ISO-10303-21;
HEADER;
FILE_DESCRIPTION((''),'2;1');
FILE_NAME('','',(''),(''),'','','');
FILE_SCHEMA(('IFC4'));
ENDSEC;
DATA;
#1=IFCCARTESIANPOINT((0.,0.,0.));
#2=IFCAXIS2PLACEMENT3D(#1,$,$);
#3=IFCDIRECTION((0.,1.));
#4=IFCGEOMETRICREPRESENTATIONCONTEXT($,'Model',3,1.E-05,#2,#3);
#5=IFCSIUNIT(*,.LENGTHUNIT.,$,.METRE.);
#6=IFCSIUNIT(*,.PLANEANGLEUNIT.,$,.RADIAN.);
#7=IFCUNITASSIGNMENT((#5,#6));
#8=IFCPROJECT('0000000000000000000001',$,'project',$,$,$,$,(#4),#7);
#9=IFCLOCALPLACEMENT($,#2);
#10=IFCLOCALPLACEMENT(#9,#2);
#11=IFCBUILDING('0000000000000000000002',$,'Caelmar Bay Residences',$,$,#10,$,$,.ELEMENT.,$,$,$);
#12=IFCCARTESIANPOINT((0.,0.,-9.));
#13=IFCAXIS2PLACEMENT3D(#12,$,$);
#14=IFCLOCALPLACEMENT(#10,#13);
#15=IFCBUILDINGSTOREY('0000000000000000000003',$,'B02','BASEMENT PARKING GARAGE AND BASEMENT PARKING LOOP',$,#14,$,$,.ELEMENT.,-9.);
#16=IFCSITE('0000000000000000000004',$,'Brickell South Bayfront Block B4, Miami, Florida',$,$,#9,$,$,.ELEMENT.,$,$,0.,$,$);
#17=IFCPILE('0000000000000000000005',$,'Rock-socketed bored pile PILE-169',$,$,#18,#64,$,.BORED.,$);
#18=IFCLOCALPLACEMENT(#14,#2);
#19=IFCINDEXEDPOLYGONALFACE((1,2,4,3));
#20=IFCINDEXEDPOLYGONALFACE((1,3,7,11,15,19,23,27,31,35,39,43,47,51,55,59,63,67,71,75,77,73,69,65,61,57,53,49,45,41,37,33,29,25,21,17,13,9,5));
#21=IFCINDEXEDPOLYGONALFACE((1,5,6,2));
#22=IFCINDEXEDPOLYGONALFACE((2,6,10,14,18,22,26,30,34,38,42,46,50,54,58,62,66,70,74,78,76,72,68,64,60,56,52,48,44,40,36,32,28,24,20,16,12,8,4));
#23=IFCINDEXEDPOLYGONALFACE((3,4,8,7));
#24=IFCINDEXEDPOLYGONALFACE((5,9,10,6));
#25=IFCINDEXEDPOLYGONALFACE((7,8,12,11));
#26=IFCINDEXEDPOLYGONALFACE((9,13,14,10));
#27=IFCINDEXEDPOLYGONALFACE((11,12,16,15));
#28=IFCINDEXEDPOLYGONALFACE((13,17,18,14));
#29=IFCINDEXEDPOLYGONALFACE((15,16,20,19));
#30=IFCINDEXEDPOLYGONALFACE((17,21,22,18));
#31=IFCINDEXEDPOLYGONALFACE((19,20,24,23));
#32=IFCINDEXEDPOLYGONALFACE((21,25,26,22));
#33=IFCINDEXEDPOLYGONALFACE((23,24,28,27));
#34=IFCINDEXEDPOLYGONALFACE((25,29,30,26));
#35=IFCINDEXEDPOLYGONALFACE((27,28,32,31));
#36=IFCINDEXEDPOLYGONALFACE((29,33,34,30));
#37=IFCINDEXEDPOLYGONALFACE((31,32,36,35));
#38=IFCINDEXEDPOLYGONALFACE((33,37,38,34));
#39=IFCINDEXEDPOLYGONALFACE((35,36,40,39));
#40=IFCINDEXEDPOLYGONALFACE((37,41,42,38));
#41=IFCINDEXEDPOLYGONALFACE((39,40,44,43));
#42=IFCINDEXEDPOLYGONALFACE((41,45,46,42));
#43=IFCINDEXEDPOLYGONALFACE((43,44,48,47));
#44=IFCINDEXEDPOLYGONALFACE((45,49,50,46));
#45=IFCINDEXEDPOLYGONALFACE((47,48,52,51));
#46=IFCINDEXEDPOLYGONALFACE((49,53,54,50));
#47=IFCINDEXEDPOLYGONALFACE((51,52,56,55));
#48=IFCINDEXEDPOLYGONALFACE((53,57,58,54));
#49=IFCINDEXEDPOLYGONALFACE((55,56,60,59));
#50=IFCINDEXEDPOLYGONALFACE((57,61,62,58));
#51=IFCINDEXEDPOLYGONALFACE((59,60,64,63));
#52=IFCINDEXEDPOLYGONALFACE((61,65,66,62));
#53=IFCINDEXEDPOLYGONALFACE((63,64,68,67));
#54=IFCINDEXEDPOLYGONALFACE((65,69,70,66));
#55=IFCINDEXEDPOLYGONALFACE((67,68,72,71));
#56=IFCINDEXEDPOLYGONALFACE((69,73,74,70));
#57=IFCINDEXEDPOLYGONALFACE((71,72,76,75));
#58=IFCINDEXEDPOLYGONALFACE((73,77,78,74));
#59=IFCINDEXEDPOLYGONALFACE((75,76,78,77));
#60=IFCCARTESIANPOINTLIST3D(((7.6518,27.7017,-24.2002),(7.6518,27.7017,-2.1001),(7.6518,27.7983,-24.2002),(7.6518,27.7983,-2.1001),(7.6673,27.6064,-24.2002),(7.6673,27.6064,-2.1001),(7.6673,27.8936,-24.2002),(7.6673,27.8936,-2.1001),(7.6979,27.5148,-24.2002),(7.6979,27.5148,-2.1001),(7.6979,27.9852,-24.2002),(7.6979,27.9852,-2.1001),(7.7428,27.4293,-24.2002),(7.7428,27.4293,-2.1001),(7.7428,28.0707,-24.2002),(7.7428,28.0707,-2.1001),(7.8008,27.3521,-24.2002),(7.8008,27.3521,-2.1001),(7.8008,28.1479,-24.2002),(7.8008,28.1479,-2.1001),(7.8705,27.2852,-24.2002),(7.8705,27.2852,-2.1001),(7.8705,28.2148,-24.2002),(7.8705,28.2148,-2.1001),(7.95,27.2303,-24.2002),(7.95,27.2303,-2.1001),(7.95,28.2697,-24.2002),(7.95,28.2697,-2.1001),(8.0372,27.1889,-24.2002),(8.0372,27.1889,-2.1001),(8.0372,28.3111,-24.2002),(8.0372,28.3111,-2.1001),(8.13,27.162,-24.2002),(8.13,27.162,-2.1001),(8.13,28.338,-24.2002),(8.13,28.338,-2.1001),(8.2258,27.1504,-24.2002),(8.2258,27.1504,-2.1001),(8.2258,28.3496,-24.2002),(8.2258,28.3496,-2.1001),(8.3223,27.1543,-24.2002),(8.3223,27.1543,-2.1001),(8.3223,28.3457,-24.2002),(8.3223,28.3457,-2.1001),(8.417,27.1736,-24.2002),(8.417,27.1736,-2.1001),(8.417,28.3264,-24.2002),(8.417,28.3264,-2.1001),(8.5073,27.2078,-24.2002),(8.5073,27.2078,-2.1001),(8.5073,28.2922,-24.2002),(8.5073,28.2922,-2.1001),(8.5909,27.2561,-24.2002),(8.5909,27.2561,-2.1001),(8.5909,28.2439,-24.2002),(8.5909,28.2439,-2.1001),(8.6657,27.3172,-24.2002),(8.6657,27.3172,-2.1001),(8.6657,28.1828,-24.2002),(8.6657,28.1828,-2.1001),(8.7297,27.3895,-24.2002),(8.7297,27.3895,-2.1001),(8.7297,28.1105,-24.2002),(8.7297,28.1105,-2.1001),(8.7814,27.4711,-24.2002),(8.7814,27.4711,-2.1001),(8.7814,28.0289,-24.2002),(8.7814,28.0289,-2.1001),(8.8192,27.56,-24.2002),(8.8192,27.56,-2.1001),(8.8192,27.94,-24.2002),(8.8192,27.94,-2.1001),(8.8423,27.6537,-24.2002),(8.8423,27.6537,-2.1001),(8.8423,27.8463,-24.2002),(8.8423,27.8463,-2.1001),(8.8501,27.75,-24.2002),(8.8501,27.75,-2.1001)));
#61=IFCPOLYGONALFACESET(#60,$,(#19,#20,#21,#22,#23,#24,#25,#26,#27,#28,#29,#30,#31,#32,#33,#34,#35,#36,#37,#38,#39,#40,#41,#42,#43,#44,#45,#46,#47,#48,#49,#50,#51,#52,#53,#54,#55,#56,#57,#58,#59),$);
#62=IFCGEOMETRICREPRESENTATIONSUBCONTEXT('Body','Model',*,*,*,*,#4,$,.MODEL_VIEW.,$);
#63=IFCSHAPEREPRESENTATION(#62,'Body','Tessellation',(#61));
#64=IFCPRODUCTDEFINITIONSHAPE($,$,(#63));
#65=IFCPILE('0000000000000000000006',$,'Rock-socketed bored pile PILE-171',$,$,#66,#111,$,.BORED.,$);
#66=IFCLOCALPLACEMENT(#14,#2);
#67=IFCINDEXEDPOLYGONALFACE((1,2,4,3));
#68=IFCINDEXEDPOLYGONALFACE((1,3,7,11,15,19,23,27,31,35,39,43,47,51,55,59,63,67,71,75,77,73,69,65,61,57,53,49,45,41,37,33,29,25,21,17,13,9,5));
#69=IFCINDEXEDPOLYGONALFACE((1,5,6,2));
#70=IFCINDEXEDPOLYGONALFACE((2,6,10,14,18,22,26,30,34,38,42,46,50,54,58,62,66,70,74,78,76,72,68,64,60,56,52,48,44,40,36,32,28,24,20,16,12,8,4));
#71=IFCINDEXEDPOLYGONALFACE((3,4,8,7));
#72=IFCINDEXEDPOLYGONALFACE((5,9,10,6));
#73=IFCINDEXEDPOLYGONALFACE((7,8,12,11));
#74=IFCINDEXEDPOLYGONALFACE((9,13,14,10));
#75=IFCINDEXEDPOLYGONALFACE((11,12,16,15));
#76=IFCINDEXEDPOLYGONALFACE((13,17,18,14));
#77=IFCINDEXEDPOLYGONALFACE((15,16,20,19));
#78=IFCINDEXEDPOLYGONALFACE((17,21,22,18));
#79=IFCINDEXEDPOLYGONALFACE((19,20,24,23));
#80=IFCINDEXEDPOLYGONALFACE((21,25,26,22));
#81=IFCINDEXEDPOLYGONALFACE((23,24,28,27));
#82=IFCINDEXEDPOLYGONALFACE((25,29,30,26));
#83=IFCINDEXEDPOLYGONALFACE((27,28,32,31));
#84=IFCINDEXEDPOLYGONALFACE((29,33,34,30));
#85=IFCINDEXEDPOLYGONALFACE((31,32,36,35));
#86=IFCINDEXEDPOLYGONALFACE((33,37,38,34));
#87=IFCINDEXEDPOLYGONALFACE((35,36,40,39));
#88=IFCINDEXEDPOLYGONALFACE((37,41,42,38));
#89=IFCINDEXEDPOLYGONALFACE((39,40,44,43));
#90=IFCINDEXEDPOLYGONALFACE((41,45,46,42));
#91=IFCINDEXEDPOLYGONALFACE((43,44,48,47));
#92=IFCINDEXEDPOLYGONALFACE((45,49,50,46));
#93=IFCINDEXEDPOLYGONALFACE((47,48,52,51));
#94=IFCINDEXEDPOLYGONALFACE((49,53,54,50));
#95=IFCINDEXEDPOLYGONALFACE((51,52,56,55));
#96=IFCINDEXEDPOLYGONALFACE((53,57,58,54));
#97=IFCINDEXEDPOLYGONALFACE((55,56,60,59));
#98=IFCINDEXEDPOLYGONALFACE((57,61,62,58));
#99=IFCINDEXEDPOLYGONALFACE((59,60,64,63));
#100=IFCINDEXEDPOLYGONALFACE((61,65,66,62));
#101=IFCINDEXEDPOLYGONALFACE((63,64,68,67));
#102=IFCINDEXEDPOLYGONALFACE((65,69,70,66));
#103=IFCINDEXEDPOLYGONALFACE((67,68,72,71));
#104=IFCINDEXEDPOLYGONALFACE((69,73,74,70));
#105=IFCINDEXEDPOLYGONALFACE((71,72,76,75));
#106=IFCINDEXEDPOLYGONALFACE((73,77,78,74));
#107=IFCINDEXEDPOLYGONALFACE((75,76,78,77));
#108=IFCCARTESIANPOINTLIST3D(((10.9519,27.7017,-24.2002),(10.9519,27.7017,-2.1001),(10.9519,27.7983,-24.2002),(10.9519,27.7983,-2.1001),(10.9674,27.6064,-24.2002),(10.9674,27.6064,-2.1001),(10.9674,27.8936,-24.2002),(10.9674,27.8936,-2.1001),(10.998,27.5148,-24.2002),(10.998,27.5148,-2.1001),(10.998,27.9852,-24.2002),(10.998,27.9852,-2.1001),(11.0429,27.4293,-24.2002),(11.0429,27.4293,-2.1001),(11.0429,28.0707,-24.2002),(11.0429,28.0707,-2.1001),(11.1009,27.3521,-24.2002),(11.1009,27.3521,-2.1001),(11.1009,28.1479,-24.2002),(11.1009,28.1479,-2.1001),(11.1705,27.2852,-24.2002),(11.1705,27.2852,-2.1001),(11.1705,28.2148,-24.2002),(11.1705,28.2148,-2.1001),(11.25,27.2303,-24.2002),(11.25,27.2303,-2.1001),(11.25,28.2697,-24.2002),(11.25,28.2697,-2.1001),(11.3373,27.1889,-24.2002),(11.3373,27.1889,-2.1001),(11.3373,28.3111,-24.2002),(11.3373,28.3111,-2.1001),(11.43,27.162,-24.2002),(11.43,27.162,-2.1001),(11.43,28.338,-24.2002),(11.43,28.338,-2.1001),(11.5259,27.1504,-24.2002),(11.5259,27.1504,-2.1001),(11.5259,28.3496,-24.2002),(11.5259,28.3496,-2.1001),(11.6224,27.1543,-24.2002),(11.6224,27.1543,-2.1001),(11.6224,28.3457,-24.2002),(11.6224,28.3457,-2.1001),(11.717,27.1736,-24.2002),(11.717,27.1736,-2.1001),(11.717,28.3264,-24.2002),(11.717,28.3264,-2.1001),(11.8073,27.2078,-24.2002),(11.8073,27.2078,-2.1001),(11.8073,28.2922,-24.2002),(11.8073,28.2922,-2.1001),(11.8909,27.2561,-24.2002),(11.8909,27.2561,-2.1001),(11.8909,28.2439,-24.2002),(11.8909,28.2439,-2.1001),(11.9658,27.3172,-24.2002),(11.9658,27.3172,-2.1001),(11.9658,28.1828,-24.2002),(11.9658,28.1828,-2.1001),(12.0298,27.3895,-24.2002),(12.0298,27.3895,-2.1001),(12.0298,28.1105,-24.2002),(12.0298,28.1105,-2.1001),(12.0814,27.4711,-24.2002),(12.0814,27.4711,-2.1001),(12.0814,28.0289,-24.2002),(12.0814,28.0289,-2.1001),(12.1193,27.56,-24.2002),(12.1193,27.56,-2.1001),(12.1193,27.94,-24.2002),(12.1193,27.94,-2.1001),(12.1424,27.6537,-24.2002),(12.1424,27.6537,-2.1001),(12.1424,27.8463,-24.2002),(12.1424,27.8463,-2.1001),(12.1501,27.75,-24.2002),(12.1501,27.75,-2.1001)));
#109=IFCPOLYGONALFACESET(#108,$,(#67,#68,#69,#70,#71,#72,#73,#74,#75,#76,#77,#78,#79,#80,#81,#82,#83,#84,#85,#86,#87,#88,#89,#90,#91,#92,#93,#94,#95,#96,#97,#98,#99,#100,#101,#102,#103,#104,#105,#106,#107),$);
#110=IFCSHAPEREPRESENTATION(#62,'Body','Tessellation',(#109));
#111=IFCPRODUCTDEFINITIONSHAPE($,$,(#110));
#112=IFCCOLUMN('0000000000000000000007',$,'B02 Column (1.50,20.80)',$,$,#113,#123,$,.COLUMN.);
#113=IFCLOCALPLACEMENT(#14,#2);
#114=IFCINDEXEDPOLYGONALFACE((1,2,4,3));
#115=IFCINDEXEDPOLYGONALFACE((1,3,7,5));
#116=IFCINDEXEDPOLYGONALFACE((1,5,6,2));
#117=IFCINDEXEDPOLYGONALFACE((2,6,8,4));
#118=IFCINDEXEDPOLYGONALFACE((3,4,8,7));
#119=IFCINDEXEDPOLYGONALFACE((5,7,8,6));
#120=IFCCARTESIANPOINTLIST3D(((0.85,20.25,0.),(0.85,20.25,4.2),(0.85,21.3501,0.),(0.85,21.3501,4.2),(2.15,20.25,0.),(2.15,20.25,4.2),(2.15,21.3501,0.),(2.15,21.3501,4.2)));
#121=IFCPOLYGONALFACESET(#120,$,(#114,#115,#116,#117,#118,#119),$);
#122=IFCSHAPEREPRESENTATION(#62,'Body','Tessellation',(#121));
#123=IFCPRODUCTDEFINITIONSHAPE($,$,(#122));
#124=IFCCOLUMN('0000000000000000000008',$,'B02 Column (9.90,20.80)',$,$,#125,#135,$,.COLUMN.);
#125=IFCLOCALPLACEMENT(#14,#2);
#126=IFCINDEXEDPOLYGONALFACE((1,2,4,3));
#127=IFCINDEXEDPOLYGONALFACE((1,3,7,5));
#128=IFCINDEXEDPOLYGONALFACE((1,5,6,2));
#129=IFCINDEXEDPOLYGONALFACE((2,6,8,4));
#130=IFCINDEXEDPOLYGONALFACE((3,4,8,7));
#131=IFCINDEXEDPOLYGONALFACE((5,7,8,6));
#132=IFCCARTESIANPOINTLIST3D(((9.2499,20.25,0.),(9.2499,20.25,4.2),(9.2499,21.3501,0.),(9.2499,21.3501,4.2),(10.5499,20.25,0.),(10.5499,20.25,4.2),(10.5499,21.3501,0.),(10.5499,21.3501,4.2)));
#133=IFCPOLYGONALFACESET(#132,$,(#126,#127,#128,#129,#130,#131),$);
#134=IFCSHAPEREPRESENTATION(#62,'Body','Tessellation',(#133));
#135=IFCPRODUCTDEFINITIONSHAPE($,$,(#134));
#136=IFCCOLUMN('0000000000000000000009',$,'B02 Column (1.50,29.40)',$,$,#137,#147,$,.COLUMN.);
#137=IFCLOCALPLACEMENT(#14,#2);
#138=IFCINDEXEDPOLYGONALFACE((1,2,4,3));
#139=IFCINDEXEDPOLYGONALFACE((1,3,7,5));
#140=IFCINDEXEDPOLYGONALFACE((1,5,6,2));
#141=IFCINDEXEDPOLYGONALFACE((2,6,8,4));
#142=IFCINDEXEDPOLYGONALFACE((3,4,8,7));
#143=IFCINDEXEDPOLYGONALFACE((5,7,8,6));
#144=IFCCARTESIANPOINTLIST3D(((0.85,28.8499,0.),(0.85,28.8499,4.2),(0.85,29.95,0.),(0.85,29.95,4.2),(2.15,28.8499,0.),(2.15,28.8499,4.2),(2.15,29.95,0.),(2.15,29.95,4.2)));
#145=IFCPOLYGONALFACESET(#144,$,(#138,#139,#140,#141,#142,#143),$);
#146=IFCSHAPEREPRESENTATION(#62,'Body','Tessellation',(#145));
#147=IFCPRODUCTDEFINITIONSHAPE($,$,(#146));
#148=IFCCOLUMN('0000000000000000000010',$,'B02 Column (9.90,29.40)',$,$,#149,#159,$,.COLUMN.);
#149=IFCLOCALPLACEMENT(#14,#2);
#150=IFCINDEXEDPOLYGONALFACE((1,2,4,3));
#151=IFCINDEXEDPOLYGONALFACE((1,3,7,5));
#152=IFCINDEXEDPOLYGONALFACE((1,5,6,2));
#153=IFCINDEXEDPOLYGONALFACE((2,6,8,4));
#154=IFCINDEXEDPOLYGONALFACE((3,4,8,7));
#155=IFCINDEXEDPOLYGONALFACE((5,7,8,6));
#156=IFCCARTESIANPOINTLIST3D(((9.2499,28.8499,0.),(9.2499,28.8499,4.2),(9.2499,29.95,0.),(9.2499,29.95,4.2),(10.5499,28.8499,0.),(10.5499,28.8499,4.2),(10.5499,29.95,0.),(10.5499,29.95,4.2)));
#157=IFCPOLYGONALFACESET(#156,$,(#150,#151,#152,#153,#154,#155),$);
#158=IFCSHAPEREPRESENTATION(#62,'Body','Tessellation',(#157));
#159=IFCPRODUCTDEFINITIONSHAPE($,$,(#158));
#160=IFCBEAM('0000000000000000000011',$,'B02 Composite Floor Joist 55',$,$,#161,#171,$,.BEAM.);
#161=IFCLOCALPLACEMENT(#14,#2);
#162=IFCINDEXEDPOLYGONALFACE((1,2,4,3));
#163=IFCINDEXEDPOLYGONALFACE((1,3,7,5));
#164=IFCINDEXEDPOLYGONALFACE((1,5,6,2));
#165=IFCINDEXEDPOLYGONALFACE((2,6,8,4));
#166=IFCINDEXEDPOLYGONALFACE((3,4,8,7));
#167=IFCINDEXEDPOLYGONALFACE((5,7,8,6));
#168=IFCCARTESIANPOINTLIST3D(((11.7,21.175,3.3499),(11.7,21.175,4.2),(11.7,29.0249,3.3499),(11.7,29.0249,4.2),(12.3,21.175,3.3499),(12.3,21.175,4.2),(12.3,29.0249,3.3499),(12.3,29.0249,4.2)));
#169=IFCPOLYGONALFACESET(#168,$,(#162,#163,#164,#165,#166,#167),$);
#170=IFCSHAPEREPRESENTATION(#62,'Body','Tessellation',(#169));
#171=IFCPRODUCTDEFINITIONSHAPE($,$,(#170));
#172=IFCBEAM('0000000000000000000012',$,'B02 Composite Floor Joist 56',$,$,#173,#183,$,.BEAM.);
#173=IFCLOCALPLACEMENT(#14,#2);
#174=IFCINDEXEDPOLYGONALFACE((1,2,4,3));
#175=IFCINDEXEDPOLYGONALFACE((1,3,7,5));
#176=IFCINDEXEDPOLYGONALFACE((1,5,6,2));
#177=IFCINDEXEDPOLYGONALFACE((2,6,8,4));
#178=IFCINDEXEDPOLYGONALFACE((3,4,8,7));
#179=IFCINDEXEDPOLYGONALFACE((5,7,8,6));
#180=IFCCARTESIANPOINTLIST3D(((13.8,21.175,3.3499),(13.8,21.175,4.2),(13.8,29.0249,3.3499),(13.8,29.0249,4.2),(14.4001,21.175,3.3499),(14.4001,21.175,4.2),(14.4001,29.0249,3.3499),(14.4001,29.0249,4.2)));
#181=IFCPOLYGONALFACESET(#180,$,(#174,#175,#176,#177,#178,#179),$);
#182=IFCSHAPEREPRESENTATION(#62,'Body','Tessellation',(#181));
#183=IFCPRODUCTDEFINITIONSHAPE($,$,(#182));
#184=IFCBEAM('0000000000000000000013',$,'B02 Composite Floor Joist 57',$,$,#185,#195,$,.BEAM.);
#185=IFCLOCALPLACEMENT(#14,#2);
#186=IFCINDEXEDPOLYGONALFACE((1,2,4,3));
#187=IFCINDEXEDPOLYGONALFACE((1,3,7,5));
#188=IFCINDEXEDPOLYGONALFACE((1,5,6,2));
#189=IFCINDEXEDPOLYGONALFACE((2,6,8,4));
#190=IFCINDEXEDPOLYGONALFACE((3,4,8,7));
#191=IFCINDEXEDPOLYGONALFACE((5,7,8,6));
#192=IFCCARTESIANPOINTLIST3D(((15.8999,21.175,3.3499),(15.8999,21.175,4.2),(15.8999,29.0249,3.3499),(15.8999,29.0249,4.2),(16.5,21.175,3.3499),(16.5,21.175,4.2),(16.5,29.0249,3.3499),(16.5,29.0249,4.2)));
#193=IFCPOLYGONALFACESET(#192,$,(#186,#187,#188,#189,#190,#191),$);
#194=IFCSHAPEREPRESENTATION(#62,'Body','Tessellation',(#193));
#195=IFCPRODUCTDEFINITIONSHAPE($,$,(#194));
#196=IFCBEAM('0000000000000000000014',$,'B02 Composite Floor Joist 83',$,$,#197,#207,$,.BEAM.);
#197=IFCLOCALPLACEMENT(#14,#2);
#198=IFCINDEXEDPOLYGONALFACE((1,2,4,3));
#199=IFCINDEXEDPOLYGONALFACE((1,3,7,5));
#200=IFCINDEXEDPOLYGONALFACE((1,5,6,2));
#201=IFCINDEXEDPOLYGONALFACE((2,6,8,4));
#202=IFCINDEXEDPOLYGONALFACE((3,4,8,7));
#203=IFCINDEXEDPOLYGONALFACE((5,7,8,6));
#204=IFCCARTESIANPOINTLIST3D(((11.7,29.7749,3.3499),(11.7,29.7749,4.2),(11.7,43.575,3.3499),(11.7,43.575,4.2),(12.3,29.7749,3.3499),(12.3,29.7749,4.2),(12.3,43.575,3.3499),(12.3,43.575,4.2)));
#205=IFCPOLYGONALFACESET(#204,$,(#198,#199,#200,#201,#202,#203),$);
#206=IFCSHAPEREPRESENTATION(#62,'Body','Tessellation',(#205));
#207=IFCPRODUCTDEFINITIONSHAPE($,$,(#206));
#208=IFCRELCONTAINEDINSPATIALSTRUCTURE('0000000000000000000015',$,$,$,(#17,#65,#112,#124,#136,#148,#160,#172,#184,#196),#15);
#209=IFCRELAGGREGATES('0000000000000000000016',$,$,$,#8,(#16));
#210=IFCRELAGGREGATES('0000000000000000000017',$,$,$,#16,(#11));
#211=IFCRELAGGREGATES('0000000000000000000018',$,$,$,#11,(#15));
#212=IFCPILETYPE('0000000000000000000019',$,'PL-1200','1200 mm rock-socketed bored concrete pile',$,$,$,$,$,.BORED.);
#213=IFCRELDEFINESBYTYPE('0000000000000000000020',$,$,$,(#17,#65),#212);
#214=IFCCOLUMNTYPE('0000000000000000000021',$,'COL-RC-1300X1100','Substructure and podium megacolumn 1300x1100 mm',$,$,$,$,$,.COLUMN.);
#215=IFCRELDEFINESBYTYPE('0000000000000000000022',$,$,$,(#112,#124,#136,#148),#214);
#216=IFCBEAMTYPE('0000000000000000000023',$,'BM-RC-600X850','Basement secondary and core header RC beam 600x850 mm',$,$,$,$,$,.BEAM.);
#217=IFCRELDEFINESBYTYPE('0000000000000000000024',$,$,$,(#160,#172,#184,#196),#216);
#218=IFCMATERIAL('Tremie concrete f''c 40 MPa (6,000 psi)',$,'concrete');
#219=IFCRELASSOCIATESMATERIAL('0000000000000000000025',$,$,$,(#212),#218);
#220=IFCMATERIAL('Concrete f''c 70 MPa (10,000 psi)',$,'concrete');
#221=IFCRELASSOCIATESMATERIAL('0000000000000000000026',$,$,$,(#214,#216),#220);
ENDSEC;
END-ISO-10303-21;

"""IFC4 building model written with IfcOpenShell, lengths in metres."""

from ifc_helpers import new_model, si_unit, direction, frame, origin, origin_2d, place, context, subcontext, project, spatial, rectangle, circle, extrude, material, material_profile, profile_set, type_object, element, save


model = new_model("IFC4")

# Units and contexts
model_context = context("Model", 3, precision=1e-05, world=origin(), true_north=direction((0.0, 1.0)))
body_context = subcontext(model_context, "Body", "Model", "MODEL_VIEW")
ifc_project = project(units=[si_unit("LENGTHUNIT", "METRE"), si_unit("PLANEANGLEUNIT", "RADIAN")], contexts=[model_context])

# Site, building, storey
site_placement = place(None, origin())
site = spatial("IfcSite", under=ifc_project, at=site_placement, Name="Brickell South Bayfront Block B4, Miami, Florida", CompositionType="ELEMENT", RefElevation=0.0)
building_placement = place(site_placement, origin())
building = spatial("IfcBuilding", under=site, at=building_placement, Name="Caelmar Bay Residences", CompositionType="ELEMENT")
storey_placement = place(building_placement, frame((0.0, 0.0, -9.0)))
storey = spatial("IfcBuildingStorey", under=building, at=storey_placement, Name="B02", Description="BASEMENT PARKING GARAGE AND BASEMENT PARKING LOOP", CompositionType="ELEMENT", Elevation=-9.0)

# Piles
ifc_material_1 = material(Name="Tremie concrete f'c 40 MPa (6,000 psi)", Category="concrete")
ifc_material_profile_1 = material_profile(ifc_material_1, circle(Radius=0.6001, at=origin_2d()), Name="PILE-1200D")
ifc_profile_set_1 = profile_set([ifc_material_profile_1], Name="Tremie concrete f'c 40 MPa (6,000 psi)")
pile_type = type_object("IfcPileType", Name="PL-1200", Description="1200 mm rock-socketed bored concrete pile", PredefinedType="BORED", material=ifc_profile_set_1)
for number, where, z_axis, x_axis, name in (
    (1, (8.25, 27.75, -2.1001), (0.0, 0.0, -1.0), (1.0, 0.0, 0.0), "Rock-socketed bored pile PILE-169"),
    (2, (11.55, 27.75, -2.1001), (0.0, 0.0, -1.0), (1.0, 0.0, 0.0), "Rock-socketed bored pile PILE-171"),
):
    element("IfcPile", number, at=place(storey_placement, frame(where, z_axis=z_axis, x_axis=x_axis)), inside=storey, type_object=pile_type, Name=name, PredefinedType="BORED", context=body_context, shape_type="SweptSolid", body=[
        extrude(circle(Radius=0.6001, at=origin_2d()), origin(), (0.0, 0.0, 1.0), 22.1001),
    ])

# Columns
ifc_material_2 = material(Name="Concrete f'c 70 MPa (10,000 psi)", Category="concrete")
ifc_material_profile_2 = material_profile(ifc_material_2, rectangle(XDim=1.3, YDim=1.1001, at=origin_2d()), Name="RC-COL-1300X1100")
ifc_profile_set_2 = profile_set([ifc_material_profile_2], Name="Concrete f'c 70 MPa (10,000 psi)")
column_type = type_object("IfcColumnType", Name="COL-RC-1300X1100", Description="Substructure and podium megacolumn 1300x1100 mm", PredefinedType="COLUMN", material=ifc_profile_set_2)
for number, where, z_axis, x_axis, name in (
    (3, (1.5, 20.8, 0.0), (0.0, 0.0, 1.0), (1.0, 0.0, 0.0), "B02 Column (1.50,20.80)"),
    (4, (9.8999, 20.8, 0.0), (0.0, 0.0, 1.0), (1.0, 0.0, 0.0), "B02 Column (9.90,20.80)"),
    (5, (1.5, 29.3999, 0.0), (0.0, 0.0, 1.0), (1.0, 0.0, 0.0), "B02 Column (1.50,29.40)"),
    (6, (9.8999, 29.3999, 0.0), (0.0, 0.0, 1.0), (1.0, 0.0, 0.0), "B02 Column (9.90,29.40)"),
):
    element("IfcColumn", number, at=place(storey_placement, frame(where, z_axis=z_axis, x_axis=x_axis)), inside=storey, type_object=column_type, Name=name, PredefinedType="COLUMN", context=body_context, shape_type="SweptSolid", body=[
        extrude(rectangle(XDim=1.3, YDim=1.1001, at=origin_2d()), origin(), (0.0, 0.0, 1.0), 4.2),
    ])

# Beams
ifc_material_profile_3 = material_profile(ifc_material_2, rectangle(XDim=0.6001, YDim=0.8501, at=origin_2d()), Name="RC-BM-600X850")
ifc_profile_set_3 = profile_set([ifc_material_profile_3], Name="Concrete f'c 70 MPa (10,000 psi)")
beam_type_1 = type_object("IfcBeamType", Name="BM-RC-600X850", Description="Basement secondary and core header RC beam 600x850 mm", PredefinedType="BEAM", material=ifc_profile_set_3)
for number, where, z_axis, x_axis, name in (
    (7, (12.0, 21.175, 3.7749), (0.0, 1.0, 0.0), (-1.0, 0.0, 0.0), "B02 Composite Floor Joist 55"),
    (8, (14.1001, 21.175, 3.7749), (0.0, 1.0, 0.0), (-1.0, 0.0, 0.0), "B02 Composite Floor Joist 56"),
    (9, (16.2, 21.175, 3.7749), (0.0, 1.0, 0.0), (-1.0, 0.0, 0.0), "B02 Composite Floor Joist 57"),
):
    element("IfcBeam", number, at=place(storey_placement, frame(where, z_axis=z_axis, x_axis=x_axis)), inside=storey, type_object=beam_type_1, Name=name, PredefinedType="BEAM", context=body_context, shape_type="SweptSolid", body=[
        extrude(rectangle(XDim=0.6001, YDim=0.8501, at=origin_2d()), origin(), (0.0, 0.0, 1.0), 7.8499),
    ])
for number, where, z_axis, x_axis, name in (
    (10, (12.0, 29.7749, 3.7749), (0.0, 1.0, 0.0), (-1.0, 0.0, 0.0), "B02 Composite Floor Joist 83"),
):
    element("IfcBeam", number, at=place(storey_placement, frame(where, z_axis=z_axis, x_axis=x_axis)), inside=storey, type_object=beam_type_1, Name=name, PredefinedType="BEAM", context=body_context, shape_type="SweptSolid", body=[
        extrude(rectangle(XDim=0.6001, YDim=0.8501, at=origin_2d()), origin(), (0.0, 0.0, 1.0), 13.8),
    ])

save(model, "model.ifc")
